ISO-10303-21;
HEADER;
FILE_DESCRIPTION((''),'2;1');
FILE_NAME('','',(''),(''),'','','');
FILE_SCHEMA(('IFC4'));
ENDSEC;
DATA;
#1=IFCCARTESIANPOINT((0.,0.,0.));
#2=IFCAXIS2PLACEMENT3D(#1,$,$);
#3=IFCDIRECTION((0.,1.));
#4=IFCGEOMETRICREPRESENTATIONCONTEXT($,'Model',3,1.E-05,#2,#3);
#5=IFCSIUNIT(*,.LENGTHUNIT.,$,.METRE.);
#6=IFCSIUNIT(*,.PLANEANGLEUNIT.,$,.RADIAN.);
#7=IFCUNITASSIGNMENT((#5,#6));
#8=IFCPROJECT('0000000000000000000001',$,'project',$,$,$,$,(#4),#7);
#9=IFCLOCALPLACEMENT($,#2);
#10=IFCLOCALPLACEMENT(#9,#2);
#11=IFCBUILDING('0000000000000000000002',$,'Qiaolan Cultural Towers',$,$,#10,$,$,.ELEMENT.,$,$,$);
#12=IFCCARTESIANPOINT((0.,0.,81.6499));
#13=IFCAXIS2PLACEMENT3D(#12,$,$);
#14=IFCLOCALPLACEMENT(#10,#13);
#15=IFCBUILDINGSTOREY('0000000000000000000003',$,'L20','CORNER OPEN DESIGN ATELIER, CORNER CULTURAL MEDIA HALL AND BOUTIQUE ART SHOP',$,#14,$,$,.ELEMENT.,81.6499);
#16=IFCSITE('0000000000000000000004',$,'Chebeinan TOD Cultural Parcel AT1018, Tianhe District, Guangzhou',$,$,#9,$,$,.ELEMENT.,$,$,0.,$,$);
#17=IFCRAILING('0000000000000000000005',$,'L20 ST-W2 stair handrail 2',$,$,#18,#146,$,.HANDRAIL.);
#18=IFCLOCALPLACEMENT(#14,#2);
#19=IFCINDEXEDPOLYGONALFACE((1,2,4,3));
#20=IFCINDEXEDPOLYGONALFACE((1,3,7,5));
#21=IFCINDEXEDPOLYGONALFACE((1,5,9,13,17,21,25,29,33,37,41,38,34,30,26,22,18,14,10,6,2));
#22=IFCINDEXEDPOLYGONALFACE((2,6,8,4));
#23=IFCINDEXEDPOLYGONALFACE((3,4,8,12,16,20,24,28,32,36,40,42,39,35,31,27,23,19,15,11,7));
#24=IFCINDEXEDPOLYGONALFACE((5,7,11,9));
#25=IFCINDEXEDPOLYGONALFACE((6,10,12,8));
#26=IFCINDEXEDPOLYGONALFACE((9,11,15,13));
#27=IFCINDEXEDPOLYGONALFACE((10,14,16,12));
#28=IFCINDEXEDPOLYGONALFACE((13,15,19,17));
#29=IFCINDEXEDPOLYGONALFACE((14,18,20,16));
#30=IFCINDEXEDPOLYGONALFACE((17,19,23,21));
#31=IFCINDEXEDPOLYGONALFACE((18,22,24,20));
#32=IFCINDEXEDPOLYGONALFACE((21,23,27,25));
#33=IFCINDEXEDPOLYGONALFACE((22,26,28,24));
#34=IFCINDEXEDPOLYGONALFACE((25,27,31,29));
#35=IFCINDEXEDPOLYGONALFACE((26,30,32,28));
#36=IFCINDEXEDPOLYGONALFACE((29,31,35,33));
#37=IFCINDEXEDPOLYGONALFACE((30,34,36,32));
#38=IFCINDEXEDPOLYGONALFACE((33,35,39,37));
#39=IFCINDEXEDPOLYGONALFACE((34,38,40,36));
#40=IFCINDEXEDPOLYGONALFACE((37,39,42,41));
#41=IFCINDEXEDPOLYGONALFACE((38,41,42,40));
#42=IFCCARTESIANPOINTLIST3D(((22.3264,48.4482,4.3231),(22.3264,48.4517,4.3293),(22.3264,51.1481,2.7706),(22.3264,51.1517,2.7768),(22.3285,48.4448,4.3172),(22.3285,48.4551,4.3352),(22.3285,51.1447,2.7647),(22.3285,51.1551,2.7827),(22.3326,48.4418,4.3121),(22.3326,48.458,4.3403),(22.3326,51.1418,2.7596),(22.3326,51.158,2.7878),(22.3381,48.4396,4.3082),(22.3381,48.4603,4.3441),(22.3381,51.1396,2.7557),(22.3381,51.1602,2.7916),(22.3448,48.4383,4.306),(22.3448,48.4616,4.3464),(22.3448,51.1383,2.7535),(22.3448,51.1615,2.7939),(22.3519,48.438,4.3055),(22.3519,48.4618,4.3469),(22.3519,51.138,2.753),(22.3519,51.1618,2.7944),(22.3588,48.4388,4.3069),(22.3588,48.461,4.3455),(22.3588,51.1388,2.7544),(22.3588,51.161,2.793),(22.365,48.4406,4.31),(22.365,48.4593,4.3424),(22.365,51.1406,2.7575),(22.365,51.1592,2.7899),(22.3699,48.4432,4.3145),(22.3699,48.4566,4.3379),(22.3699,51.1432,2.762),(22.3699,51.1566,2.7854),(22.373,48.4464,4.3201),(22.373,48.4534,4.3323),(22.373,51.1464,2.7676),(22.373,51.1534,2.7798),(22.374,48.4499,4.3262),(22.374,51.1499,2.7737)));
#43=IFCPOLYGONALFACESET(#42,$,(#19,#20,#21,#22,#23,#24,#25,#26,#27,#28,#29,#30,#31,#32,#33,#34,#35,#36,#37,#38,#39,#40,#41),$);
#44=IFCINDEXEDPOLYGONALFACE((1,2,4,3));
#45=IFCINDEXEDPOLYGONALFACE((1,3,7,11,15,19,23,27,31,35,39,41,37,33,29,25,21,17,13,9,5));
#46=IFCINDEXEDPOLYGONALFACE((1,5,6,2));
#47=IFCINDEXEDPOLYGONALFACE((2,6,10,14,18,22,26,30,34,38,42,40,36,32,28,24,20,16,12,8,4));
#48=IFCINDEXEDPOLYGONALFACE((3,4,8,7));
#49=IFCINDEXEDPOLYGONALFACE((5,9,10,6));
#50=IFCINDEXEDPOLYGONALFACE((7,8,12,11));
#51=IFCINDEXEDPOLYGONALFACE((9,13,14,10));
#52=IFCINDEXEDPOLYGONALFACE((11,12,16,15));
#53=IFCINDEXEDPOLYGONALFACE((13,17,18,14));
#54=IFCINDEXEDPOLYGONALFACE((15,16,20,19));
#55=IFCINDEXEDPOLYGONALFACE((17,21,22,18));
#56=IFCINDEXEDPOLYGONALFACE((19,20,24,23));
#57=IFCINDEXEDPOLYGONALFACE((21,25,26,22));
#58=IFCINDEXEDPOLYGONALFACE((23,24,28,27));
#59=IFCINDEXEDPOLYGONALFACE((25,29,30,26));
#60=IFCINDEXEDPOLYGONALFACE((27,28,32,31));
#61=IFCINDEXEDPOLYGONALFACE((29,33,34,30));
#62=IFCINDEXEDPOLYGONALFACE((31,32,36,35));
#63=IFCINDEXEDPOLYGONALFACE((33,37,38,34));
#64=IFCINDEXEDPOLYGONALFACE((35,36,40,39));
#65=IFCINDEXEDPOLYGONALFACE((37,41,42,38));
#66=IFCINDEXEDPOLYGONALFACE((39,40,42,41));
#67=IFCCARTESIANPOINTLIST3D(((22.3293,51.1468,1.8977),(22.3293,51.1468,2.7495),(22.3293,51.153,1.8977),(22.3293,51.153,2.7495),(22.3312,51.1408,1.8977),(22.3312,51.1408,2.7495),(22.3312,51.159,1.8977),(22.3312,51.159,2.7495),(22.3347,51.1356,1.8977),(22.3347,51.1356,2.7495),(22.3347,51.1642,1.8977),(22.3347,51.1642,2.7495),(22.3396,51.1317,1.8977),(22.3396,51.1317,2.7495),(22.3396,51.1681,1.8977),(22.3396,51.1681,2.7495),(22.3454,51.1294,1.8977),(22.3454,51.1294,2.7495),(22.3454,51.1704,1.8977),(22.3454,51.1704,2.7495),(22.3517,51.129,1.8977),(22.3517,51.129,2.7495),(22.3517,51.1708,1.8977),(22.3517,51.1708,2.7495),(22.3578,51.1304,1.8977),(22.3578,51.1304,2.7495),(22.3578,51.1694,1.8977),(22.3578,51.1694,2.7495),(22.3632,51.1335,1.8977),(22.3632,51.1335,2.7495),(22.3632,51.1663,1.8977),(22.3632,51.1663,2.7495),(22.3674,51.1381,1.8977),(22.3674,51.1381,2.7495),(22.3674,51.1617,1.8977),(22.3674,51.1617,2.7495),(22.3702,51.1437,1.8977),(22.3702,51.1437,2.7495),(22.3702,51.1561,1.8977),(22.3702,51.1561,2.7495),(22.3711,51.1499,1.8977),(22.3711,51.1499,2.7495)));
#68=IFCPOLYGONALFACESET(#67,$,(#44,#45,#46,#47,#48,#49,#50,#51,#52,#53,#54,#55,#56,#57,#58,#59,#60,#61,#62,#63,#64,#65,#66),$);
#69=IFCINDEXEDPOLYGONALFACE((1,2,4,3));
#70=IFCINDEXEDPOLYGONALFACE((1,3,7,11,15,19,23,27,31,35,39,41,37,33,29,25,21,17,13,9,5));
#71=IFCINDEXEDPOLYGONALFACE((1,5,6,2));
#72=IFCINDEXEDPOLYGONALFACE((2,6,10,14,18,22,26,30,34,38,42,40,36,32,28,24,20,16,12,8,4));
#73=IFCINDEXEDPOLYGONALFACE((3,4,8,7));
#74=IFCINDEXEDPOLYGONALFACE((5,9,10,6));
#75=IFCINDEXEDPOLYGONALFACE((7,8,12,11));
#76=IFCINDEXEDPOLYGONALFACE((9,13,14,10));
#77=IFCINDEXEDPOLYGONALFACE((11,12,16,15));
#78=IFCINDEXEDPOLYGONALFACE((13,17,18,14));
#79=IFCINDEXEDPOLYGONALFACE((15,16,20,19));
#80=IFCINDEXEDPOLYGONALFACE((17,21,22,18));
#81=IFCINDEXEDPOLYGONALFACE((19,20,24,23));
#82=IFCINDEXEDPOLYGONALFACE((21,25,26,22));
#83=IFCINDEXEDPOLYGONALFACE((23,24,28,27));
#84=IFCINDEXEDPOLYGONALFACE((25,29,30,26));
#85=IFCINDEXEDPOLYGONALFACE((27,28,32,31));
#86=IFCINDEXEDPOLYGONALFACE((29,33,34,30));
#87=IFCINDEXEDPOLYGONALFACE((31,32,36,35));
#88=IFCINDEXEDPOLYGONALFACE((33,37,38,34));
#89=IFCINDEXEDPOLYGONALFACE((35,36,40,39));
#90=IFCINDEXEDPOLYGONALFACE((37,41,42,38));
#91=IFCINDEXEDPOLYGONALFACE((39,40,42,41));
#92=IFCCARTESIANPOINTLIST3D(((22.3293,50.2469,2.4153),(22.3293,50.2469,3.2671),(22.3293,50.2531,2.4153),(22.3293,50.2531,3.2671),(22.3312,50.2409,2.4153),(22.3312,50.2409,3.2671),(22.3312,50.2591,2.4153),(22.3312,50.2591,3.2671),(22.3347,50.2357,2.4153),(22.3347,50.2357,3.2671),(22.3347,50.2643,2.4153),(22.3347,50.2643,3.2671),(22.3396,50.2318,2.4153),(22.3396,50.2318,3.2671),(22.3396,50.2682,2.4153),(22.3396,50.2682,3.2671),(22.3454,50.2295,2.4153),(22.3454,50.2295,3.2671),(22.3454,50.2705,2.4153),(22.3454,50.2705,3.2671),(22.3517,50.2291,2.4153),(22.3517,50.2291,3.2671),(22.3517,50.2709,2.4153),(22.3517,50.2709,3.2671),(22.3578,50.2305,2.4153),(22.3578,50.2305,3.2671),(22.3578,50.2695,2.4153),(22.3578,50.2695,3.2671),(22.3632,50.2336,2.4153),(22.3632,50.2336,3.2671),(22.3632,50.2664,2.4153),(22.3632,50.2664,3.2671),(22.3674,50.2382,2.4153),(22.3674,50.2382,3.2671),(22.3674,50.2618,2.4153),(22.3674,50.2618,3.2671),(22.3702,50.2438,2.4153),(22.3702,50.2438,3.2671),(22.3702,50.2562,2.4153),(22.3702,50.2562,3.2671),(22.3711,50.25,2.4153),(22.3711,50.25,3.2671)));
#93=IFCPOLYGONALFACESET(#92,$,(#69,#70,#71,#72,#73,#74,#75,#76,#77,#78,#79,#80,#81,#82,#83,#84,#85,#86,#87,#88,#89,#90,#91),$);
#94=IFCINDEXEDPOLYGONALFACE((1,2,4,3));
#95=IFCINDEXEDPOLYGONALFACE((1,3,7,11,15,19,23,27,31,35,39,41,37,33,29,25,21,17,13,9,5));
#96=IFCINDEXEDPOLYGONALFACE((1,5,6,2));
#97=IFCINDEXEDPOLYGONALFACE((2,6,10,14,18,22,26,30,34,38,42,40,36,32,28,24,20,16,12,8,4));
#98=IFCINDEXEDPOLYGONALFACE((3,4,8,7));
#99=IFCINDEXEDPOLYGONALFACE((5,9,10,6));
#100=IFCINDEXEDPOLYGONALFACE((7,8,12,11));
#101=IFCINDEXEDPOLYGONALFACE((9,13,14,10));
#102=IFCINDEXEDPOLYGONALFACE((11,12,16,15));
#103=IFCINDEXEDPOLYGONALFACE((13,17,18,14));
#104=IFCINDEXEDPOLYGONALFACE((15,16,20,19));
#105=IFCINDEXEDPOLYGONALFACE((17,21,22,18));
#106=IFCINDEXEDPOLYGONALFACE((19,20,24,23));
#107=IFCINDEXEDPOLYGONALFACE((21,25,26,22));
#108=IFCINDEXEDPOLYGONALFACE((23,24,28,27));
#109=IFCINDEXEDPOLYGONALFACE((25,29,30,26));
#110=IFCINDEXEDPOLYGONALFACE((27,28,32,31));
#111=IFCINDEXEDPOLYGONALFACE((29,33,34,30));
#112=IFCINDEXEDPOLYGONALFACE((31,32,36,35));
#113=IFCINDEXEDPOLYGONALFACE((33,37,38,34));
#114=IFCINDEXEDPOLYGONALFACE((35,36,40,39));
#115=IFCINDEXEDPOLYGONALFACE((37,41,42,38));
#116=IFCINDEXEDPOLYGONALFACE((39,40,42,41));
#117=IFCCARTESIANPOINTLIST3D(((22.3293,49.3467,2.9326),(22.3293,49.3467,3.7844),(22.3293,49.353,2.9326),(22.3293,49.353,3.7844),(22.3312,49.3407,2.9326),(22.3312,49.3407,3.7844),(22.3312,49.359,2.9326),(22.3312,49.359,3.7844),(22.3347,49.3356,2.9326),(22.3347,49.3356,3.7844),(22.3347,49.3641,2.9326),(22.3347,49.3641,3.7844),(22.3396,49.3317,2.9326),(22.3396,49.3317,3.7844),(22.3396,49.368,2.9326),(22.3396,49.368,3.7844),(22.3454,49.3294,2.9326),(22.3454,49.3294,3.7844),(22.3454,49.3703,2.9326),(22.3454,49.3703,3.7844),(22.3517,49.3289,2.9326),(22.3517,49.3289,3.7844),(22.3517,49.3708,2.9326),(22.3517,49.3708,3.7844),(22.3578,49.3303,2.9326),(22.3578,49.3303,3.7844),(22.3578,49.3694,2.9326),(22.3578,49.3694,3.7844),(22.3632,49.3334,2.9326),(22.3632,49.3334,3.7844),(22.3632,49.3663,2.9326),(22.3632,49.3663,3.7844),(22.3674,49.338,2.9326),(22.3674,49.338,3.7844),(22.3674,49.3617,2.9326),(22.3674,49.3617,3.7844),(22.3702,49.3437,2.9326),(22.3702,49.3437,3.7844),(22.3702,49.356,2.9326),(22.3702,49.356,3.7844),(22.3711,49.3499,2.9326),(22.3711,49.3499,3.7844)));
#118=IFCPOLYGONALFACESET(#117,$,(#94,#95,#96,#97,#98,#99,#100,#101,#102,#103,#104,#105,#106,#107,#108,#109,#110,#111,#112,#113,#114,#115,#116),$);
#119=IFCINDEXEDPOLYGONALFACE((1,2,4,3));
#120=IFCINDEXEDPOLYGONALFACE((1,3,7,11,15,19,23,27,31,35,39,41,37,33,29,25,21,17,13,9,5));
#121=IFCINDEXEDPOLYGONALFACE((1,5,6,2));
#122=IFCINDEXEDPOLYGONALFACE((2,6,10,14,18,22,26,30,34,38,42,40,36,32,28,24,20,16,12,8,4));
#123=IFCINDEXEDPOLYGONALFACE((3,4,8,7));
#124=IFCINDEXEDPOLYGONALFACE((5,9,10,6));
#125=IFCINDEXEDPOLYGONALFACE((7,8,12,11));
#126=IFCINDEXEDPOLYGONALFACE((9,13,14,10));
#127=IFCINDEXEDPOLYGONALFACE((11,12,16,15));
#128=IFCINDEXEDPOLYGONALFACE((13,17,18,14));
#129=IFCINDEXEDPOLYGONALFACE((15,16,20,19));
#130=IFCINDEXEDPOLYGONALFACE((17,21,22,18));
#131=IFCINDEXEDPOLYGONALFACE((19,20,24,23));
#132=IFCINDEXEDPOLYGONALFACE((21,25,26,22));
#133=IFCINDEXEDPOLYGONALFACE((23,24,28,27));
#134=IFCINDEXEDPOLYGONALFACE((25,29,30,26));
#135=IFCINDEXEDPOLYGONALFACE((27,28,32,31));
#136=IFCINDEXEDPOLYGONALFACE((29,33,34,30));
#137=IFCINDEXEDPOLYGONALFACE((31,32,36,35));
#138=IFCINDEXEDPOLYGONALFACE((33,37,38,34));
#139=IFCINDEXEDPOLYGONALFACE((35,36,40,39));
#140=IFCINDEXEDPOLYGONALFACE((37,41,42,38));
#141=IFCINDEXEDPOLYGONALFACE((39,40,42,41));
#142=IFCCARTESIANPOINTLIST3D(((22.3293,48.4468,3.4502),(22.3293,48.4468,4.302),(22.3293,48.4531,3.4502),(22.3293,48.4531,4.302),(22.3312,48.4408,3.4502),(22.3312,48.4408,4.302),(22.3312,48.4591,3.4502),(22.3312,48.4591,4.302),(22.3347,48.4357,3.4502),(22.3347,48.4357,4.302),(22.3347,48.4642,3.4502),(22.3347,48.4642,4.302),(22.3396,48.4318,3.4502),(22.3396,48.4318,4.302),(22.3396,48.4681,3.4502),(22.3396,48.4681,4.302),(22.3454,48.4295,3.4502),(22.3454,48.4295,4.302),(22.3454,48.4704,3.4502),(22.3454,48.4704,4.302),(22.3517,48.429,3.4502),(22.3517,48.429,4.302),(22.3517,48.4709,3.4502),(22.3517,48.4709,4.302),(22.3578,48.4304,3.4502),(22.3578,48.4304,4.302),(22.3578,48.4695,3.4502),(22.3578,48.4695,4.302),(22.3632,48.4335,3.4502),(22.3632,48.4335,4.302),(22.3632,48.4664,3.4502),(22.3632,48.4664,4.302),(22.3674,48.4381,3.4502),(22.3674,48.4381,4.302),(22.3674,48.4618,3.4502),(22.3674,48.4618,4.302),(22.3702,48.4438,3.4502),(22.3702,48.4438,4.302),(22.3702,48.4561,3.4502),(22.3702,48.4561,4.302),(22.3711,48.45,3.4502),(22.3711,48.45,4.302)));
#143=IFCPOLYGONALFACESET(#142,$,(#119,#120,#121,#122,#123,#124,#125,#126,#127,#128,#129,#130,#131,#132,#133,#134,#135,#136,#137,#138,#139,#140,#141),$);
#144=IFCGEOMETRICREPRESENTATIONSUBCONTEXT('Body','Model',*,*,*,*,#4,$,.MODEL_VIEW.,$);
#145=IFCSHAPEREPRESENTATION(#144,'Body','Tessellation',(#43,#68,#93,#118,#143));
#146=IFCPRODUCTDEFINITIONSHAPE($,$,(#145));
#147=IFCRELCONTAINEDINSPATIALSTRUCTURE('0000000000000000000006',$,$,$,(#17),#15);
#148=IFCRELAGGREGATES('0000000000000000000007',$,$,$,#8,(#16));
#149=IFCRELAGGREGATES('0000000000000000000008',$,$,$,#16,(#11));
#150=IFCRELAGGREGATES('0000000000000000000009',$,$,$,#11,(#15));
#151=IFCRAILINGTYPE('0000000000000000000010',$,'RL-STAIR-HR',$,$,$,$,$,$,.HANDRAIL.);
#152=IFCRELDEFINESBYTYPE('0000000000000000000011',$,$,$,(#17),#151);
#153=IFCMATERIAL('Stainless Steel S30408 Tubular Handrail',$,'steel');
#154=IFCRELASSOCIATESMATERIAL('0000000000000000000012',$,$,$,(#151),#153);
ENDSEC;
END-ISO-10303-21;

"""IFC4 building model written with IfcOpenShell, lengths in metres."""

from ifc_helpers import new_model, si_unit, direction, frame, origin, origin_2d, place, context, subcontext, project, spatial, circle, extrude, material, type_object, element, save


model = new_model("IFC4")

# Units and contexts
model_context = context("Model", 3, precision=1e-05, world=origin(), true_north=direction((0.0, 1.0)))
body_context = subcontext(model_context, "Body", "Model", "MODEL_VIEW")
ifc_project = project(units=[si_unit("LENGTHUNIT", "METRE"), si_unit("PLANEANGLEUNIT", "RADIAN")], contexts=[model_context])

# Site, building, storey
site_placement = place(None, origin())
site = spatial("IfcSite", under=ifc_project, at=site_placement, Name="Chebeinan TOD Cultural Parcel AT1018, Tianhe District, Guangzhou", CompositionType="ELEMENT", RefElevation=0.0)
building_placement = place(site_placement, origin())
building = spatial("IfcBuilding", under=site, at=building_placement, Name="Qiaolan Cultural Towers", CompositionType="ELEMENT")
storey_placement = place(building_placement, frame((0.0, 0.0, 81.6499)))
storey = spatial("IfcBuildingStorey", under=building, at=storey_placement, Name="L20", Description="CORNER OPEN DESIGN ATELIER, CORNER CULTURAL MEDIA HALL AND BOUTIQUE ART SHOP", CompositionType="ELEMENT", Elevation=81.6499)

# Railing
ifc_material_1 = material(Name="Stainless Steel S30408 Tubular Handrail", Category="steel")
railing_type_1 = type_object("IfcRailingType", Name="RL-STAIR-HR", PredefinedType="HANDRAIL", material=ifc_material_1)
railing_1_placement = place(storey_placement, frame((22.3501, 51.1499, 1.8977)))
element("IfcRailing", 1, at=railing_1_placement, inside=storey, type_object=railing_type_1, Name="L20 ST-W2 stair handrail 2", PredefinedType="HANDRAIL", context=body_context, shape_type="SweptSolid", body=[
    extrude(circle(Radius=0.0239, at=origin_2d()), frame((0.0, 0.0, 0.876), z_axis=(0.0, -0.866904, 0.498476), x_axis=(1.0, 0.0, 0.0)), (0.0, 0.0, 1.0), 3.1145),
    extrude(circle(Radius=0.021, at=origin_2d()), origin(), (0.0, 0.0, 1.0), 0.8518),
    extrude(circle(Radius=0.021, at=origin_2d()), frame((0.0, -0.8999, 0.5176)), (0.0, 0.0, 1.0), 0.8518),
    extrude(circle(Radius=0.021, at=origin_2d()), frame((0.0, -1.8, 1.0349)), (0.0, 0.0, 1.0), 0.8518),
    extrude(circle(Radius=0.021, at=origin_2d()), frame((0.0, -2.7, 1.5525)), (0.0, 0.0, 1.0), 0.8518),
])

save(model, "model.ifc")
